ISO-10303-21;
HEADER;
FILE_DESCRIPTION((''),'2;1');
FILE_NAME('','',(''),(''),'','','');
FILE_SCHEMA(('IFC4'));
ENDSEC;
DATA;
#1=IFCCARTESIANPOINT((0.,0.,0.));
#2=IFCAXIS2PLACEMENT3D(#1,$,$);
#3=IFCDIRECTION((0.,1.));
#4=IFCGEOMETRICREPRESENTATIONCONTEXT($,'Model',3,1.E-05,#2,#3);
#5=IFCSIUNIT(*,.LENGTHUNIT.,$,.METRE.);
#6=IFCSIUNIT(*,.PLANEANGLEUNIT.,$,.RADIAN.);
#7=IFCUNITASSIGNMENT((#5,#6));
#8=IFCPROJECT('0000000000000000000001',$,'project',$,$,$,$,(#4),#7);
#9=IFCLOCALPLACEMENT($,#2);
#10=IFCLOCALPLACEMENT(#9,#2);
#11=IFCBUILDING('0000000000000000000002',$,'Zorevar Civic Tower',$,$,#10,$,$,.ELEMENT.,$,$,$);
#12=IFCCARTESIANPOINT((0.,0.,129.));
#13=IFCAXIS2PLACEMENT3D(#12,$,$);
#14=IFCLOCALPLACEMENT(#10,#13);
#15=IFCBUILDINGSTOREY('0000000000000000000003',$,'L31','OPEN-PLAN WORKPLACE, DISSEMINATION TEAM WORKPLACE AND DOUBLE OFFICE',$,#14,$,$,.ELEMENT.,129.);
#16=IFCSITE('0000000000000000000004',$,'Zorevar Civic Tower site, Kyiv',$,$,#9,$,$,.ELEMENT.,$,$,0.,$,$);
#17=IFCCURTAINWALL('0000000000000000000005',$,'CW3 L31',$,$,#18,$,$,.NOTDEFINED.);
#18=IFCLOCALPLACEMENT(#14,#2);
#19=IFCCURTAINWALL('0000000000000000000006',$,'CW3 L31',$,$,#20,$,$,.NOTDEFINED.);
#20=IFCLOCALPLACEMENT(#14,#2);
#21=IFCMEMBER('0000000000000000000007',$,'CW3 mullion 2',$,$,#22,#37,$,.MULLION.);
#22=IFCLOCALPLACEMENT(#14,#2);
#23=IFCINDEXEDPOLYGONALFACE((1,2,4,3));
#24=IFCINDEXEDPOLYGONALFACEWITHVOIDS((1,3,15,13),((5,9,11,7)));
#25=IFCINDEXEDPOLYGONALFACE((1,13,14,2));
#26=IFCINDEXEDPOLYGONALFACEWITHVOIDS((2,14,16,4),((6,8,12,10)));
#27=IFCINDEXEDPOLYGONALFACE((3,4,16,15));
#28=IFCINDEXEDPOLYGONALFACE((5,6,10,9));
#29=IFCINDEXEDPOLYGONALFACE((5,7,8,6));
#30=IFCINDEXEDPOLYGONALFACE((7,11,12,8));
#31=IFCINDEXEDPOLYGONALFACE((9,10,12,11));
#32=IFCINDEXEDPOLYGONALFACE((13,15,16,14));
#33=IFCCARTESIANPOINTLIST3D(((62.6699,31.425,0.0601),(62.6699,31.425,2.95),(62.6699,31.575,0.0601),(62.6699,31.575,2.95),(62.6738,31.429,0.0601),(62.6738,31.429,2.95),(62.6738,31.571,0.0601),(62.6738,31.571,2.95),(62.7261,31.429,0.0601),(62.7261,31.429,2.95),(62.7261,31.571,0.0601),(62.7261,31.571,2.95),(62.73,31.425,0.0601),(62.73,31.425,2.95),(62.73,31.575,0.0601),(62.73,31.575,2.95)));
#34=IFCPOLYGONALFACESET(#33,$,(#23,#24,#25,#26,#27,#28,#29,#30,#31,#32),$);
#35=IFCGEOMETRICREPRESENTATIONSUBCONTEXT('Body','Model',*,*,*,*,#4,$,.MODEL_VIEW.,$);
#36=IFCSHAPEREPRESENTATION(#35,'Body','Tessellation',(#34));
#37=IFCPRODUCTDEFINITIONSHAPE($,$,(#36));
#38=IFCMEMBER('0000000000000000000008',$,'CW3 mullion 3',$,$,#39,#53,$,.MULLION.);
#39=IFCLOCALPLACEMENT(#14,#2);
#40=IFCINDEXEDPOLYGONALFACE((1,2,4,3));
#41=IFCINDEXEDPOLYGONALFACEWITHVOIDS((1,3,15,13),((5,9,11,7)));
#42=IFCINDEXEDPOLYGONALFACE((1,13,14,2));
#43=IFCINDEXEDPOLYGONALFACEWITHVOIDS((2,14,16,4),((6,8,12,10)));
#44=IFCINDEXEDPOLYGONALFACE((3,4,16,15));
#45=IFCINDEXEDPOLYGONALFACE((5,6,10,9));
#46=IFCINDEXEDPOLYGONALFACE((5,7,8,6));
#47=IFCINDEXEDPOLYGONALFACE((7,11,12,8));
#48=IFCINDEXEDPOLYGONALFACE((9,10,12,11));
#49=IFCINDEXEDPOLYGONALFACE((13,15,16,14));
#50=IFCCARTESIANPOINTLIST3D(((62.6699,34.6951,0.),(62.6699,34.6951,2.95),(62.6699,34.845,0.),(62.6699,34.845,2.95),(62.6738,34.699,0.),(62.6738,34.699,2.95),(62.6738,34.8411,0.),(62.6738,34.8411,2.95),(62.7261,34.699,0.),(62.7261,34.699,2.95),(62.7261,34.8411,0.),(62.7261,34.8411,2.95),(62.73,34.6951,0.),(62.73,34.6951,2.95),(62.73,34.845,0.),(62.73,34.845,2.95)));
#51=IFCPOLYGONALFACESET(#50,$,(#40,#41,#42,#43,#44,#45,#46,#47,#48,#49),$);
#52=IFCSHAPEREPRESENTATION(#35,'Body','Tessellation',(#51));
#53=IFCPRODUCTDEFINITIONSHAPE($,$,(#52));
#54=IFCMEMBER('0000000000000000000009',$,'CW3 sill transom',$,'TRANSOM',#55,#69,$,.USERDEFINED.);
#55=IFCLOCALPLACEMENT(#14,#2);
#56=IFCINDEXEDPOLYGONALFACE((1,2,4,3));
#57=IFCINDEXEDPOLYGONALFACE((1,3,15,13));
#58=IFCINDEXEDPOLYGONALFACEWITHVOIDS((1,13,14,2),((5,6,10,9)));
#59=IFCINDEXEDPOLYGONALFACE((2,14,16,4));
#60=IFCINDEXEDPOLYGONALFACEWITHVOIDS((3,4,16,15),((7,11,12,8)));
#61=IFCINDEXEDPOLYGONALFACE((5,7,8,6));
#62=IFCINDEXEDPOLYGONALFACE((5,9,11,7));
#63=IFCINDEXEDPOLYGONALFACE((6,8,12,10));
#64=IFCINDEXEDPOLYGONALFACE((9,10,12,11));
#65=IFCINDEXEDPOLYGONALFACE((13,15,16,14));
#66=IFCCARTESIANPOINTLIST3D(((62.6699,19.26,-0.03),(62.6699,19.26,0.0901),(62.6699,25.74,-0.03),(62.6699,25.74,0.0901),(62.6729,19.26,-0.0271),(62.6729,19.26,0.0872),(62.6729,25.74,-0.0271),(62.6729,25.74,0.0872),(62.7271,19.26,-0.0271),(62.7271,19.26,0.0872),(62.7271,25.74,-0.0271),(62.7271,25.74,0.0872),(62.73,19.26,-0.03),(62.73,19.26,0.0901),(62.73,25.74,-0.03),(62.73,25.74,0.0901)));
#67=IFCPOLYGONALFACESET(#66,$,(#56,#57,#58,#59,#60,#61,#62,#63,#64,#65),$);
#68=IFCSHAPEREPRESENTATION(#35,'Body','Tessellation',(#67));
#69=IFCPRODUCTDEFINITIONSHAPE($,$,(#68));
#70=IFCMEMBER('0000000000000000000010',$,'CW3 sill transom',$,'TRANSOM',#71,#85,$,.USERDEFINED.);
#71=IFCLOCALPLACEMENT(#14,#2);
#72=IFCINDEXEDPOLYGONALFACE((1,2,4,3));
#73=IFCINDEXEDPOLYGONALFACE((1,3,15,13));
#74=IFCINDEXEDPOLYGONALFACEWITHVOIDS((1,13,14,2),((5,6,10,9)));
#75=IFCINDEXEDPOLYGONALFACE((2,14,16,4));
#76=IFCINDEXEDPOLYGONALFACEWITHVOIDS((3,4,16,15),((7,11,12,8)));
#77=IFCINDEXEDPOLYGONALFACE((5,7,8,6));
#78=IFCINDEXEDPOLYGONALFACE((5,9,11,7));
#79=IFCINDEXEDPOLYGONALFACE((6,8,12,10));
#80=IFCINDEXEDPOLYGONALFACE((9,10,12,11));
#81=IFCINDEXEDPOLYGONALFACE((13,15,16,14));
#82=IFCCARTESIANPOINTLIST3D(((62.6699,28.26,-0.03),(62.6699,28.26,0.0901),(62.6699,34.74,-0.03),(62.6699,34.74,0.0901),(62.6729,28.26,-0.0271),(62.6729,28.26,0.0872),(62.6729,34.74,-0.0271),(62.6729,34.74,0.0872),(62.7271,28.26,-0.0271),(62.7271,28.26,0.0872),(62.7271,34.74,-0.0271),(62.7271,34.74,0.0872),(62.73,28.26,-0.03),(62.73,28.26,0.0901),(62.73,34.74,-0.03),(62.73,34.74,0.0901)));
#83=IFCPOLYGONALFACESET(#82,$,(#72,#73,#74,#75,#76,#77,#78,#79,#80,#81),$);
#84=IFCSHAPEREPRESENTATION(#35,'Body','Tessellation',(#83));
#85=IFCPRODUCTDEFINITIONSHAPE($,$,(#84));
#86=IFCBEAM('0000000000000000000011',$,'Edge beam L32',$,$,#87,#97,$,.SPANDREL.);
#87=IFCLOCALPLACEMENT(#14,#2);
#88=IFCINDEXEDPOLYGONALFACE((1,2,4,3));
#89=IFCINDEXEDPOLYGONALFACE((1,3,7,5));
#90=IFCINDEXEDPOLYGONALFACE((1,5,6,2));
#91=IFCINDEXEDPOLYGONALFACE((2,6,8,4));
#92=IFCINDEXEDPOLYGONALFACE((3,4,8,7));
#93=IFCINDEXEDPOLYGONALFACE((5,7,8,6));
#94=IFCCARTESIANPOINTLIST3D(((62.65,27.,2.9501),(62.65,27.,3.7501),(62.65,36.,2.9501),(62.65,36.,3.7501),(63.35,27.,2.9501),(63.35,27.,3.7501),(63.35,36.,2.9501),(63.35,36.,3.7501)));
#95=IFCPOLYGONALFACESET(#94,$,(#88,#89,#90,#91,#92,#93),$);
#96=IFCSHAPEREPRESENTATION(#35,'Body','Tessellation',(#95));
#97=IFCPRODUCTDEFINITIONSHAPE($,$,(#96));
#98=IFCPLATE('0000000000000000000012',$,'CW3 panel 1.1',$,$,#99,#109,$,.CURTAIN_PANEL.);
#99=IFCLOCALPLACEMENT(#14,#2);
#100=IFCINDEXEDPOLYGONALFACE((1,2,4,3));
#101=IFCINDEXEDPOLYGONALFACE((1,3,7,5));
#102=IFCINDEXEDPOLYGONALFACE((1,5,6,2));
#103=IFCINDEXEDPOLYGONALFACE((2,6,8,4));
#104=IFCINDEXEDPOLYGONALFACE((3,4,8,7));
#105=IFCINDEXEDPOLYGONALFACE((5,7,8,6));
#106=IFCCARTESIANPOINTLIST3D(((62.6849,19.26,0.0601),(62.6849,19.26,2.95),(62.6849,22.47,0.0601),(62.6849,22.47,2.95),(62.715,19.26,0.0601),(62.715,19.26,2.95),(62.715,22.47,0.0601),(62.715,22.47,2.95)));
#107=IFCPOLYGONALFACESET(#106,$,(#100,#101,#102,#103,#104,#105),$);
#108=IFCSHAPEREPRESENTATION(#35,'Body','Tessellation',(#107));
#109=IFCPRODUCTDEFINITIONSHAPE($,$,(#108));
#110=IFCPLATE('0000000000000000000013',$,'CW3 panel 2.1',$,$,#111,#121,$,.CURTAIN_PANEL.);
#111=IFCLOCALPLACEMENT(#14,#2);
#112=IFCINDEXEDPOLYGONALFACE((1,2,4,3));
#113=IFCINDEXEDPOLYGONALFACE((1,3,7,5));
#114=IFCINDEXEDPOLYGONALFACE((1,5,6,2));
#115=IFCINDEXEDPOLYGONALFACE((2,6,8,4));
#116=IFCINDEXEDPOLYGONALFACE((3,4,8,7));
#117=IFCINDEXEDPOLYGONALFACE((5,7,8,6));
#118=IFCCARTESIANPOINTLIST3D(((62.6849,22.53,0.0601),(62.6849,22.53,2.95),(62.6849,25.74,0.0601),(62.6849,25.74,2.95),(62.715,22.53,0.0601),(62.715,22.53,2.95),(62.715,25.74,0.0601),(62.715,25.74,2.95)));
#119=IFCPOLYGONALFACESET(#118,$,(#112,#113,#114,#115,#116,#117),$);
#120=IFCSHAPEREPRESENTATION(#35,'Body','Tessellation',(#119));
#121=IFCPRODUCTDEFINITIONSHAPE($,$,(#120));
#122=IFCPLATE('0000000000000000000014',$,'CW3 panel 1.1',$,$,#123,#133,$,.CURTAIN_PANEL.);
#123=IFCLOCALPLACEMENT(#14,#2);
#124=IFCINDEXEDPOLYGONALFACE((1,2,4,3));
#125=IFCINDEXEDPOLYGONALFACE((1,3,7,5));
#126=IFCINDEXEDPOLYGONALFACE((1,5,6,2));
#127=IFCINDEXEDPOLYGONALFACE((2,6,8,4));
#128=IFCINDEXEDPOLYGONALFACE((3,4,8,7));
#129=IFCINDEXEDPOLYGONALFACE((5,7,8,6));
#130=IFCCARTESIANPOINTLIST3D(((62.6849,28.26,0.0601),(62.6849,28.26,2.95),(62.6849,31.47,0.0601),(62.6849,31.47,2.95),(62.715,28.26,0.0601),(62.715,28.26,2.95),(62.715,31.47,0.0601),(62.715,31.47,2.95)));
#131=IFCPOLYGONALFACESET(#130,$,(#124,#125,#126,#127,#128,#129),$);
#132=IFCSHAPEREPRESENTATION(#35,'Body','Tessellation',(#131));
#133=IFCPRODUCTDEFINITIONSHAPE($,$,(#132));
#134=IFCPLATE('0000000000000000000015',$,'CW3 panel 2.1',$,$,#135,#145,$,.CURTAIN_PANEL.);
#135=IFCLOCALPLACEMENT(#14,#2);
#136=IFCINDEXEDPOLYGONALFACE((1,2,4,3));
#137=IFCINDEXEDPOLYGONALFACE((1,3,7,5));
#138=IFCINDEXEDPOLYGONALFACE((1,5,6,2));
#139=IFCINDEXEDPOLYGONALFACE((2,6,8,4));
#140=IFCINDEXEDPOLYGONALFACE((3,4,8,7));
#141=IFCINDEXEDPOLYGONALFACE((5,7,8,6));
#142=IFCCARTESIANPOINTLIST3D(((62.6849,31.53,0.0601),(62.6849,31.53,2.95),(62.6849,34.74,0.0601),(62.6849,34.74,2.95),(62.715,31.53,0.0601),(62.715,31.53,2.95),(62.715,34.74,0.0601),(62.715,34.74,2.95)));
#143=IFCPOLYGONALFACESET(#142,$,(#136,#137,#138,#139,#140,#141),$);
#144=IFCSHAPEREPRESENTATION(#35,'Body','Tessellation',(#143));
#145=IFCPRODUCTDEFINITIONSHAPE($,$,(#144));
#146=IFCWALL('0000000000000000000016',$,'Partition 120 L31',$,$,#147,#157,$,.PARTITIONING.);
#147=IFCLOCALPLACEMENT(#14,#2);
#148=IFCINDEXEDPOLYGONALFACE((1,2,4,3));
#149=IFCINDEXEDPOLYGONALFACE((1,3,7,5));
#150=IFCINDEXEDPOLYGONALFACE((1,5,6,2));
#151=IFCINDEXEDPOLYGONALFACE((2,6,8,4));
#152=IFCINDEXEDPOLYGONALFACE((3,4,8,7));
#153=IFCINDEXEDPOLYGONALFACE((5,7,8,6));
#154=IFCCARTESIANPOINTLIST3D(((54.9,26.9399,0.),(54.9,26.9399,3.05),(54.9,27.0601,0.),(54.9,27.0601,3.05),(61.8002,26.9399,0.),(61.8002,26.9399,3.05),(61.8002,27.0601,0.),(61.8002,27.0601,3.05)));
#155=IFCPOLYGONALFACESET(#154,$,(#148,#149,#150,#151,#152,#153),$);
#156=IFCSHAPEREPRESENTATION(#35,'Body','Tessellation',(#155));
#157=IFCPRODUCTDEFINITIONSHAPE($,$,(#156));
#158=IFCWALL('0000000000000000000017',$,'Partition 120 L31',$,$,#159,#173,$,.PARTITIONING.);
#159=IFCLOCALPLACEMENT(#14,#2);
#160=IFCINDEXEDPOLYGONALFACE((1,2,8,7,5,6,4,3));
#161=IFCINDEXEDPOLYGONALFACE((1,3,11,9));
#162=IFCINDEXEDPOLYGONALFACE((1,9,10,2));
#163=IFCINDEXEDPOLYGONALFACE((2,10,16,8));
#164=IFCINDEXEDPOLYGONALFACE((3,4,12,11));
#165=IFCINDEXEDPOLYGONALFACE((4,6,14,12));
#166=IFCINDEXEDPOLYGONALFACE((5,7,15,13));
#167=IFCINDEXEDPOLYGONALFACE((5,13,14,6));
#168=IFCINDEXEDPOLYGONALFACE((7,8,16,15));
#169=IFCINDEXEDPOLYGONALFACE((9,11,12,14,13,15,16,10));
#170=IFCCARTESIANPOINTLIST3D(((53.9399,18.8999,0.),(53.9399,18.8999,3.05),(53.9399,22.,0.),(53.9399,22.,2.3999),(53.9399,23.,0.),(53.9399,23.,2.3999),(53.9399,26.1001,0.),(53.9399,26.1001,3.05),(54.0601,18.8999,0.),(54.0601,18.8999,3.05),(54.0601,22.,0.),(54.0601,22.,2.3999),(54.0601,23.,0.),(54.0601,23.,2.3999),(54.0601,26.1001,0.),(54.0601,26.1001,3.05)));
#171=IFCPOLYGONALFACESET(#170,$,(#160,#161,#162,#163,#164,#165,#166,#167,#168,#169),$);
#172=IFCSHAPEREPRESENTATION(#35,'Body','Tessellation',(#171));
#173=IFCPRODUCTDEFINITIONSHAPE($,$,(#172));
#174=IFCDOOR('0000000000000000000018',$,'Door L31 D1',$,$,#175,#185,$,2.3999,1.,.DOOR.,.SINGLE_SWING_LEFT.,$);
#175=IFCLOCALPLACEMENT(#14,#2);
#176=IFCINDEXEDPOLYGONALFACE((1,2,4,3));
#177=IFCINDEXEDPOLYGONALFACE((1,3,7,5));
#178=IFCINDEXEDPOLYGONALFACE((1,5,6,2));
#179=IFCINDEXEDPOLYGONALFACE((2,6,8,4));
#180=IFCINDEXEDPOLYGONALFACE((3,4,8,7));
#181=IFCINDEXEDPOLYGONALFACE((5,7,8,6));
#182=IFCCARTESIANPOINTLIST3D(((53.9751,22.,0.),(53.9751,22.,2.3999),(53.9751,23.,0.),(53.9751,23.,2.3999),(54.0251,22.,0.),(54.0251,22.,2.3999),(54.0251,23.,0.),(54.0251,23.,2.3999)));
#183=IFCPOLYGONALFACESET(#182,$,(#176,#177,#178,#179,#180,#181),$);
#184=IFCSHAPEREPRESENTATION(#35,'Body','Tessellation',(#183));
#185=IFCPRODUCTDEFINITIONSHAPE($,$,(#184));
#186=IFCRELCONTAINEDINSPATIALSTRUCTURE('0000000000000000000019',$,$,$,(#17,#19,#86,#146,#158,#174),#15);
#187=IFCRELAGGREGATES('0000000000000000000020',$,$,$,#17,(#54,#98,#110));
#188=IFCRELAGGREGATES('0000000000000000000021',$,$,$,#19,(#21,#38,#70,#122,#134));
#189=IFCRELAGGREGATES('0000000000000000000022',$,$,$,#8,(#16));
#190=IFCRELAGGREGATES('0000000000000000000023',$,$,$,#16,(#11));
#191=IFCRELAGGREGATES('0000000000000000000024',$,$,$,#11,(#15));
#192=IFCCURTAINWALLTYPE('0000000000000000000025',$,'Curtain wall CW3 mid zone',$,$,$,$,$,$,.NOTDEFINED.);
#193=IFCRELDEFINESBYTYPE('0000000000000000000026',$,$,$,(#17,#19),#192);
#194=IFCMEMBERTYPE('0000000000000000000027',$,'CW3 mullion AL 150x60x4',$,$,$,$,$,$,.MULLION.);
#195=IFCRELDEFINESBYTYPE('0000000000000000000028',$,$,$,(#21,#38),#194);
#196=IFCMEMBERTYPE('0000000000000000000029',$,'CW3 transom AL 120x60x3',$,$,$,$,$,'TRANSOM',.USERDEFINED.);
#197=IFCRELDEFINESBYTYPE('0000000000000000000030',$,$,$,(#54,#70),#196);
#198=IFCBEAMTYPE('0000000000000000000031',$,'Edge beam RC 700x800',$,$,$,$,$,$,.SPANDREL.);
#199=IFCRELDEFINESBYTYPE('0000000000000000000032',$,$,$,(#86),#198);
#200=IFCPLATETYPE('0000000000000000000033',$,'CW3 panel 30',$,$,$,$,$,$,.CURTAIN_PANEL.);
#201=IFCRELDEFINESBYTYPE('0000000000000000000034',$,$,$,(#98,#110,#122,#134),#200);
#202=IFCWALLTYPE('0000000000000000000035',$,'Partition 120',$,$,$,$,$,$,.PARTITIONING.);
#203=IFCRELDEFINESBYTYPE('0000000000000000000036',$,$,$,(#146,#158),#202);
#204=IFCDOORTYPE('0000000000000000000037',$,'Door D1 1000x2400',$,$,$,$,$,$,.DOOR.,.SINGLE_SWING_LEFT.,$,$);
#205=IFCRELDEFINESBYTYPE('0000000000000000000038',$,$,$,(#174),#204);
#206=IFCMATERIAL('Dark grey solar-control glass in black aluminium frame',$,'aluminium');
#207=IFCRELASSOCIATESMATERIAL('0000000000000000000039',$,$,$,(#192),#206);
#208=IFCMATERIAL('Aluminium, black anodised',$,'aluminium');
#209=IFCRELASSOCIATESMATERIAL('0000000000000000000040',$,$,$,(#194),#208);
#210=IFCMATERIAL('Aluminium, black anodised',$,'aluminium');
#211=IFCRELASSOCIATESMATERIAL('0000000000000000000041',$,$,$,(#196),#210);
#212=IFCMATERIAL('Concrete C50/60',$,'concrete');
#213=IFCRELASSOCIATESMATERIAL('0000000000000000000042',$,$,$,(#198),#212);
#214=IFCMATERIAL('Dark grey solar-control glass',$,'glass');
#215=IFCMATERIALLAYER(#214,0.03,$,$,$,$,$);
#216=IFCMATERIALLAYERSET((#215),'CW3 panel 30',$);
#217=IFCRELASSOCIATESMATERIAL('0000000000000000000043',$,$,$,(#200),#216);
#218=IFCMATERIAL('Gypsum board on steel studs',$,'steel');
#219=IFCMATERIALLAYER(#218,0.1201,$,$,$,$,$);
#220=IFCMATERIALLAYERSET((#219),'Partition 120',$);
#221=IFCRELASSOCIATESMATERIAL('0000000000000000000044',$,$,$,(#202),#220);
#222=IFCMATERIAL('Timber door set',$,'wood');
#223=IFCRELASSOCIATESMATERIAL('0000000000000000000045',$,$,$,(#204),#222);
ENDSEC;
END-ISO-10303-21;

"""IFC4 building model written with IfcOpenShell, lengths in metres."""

from ifc_helpers import new_model, si_unit, direction, frame, frame_2d, origin, origin_2d, place, context, subcontext, project, spatial, rectangle, hollow_rectangle, extrude, material, layer, layer_set, material_profile, profile_set, type_object, element, fill, aggregate, save


model = new_model("IFC4")

# Units and contexts
model_context = context("Model", 3, precision=1e-05, world=origin(), true_north=direction((0.0, 1.0)))
body_context = subcontext(model_context, "Body", "Model", "MODEL_VIEW")
ifc_project = project(units=[si_unit("LENGTHUNIT", "METRE"), si_unit("PLANEANGLEUNIT", "RADIAN")], contexts=[model_context])

# Site, building, storey
site_placement = place(None, origin())
site = spatial("IfcSite", under=ifc_project, at=site_placement, Name="Zorevar Civic Tower site, Kyiv", CompositionType="ELEMENT", RefElevation=0.0)
building_placement = place(site_placement, origin())
building = spatial("IfcBuilding", under=site, at=building_placement, Name="Zorevar Civic Tower", CompositionType="ELEMENT")
storey_placement = place(building_placement, frame((0.0, 0.0, 129.0)))
storey = spatial("IfcBuildingStorey", under=building, at=storey_placement, Name="L31", Description="OPEN-PLAN WORKPLACE, DISSEMINATION TEAM WORKPLACE AND DOUBLE OFFICE", CompositionType="ELEMENT", Elevation=129.0)

# Curtain walls, members
ifc_material_1 = material(Name="Dark grey solar-control glass in black aluminium frame", Category="aluminium")
curtain_wall_type = type_object("IfcCurtainWallType", Name="Curtain wall CW3 mid zone", PredefinedType="NOTDEFINED", material=ifc_material_1)
curtain_wall_1_placement = place(storey_placement, origin())
curtain_wall_1 = element("IfcCurtainWall", 1, at=curtain_wall_1_placement, inside=storey, type_object=curtain_wall_type, Name="CW3 L31", PredefinedType="NOTDEFINED")
ifc_material_2 = material(Name="Aluminium, black anodised", Category="aluminium")
ifc_material_profile_1 = material_profile(ifc_material_2, hollow_rectangle(XDim=0.0601, YDim=0.1499, WallThickness=0.0039, at=origin_2d()), Name="AL 150x60x4")
ifc_profile_set_1 = profile_set([ifc_material_profile_1], Name="Aluminium, black anodised")
member_type_1 = type_object("IfcMemberType", Name="CW3 mullion AL 150x60x4", PredefinedType="MULLION", material=ifc_profile_set_1)
curtain_wall_2_placement = place(storey_placement, origin())
curtain_wall_2 = element("IfcCurtainWall", 2, at=curtain_wall_2_placement, inside=storey, type_object=curtain_wall_type, Name="CW3 L31", PredefinedType="NOTDEFINED")
member_1_placement = place(storey_placement, frame((62.7, 31.5, 0.0601), z_axis=(0.0, 0.0, 1.0), x_axis=(-1.0, 0.0, 0.0)))
member_1 = element("IfcMember", 3, at=member_1_placement, type_object=member_type_1, Name="CW3 mullion 2", PredefinedType="MULLION", context=body_context, shape_type="SweptSolid", body=[
    extrude(hollow_rectangle(XDim=0.0601, YDim=0.1499, WallThickness=0.0039, at=origin_2d()), origin(), (0.0, 0.0, 1.0), 2.8899),
])
member_2_placement = place(storey_placement, frame((62.7, 34.77, 0.0), z_axis=(0.0, 0.0, 1.0), x_axis=(-1.0, 0.0, 0.0)))
member_2 = element("IfcMember", 4, at=member_2_placement, type_object=member_type_1, Name="CW3 mullion 3", PredefinedType="MULLION", context=body_context, shape_type="SweptSolid", body=[
    extrude(hollow_rectangle(XDim=0.0601, YDim=0.1499, WallThickness=0.0039, at=origin_2d()), origin(), (0.0, 0.0, 1.0), 2.95),
])

# Members
ifc_material_3 = material(Name="Aluminium, black anodised", Category="aluminium")
ifc_material_profile_2 = material_profile(ifc_material_3, hollow_rectangle(XDim=0.0601, YDim=0.1201, WallThickness=0.0029, at=origin_2d()), Name="AL 120x60x3")
ifc_profile_set_2 = profile_set([ifc_material_profile_2], Name="Aluminium, black anodised")
member_type_2 = type_object("IfcMemberType", Name="CW3 transom AL 120x60x3", ElementType="TRANSOM", PredefinedType="USERDEFINED", material=ifc_profile_set_2)
member_3_placement = place(storey_placement, frame((62.7, 19.26, 0.03), z_axis=(0.0, 1.0, 0.0), x_axis=(-1.0, 0.0, 0.0)))
member_3 = element("IfcMember", 5, at=member_3_placement, type_object=member_type_2, Name="CW3 sill transom", ObjectType="TRANSOM", PredefinedType="USERDEFINED", context=body_context, shape_type="SweptSolid", body=[
    extrude(hollow_rectangle(XDim=0.0601, YDim=0.1201, WallThickness=0.0029, at=origin_2d()), origin(), (0.0, 0.0, 1.0), 6.48),
])
member_4_placement = place(storey_placement, frame((62.7, 28.26, 0.03), z_axis=(0.0, 1.0, 0.0), x_axis=(-1.0, 0.0, 0.0)))
member_4 = element("IfcMember", 6, at=member_4_placement, type_object=member_type_2, Name="CW3 sill transom", ObjectType="TRANSOM", PredefinedType="USERDEFINED", context=body_context, shape_type="SweptSolid", body=[
    extrude(hollow_rectangle(XDim=0.0601, YDim=0.1201, WallThickness=0.0029, at=origin_2d()), origin(), (0.0, 0.0, 1.0), 6.48),
])

# Beam
ifc_material_4 = material(Name="Concrete C50/60", Category="concrete")
ifc_material_profile_3 = material_profile(ifc_material_4, rectangle(XDim=0.7, YDim=0.8, at=origin_2d()), Name="RC 700x800")
ifc_profile_set_3 = profile_set([ifc_material_profile_3], Name="Concrete C50/60")
beam_type_1 = type_object("IfcBeamType", Name="Edge beam RC 700x800", PredefinedType="SPANDREL", material=ifc_profile_set_3)
beam_1_placement = place(storey_placement, frame((63.0, 27.0, 3.3501), z_axis=(0.0, 1.0, 0.0), x_axis=(-1.0, 0.0, 0.0)))
element("IfcBeam", 7, at=beam_1_placement, inside=storey, type_object=beam_type_1, Name="Edge beam L32", PredefinedType="SPANDREL", context=body_context, shape_type="SweptSolid", body=[
    extrude(rectangle(XDim=0.7, YDim=0.8, at=origin_2d()), origin(), (0.0, 0.0, 1.0), 9.0),
])

# Plates
ifc_material_5 = material(Name="Dark grey solar-control glass", Category="glass")
ifc_layer_1 = layer(ifc_material_5, 0.03)
ifc_layer_set_1 = layer_set([ifc_layer_1], Name="CW3 panel 30")
plate_type = type_object("IfcPlateType", Name="CW3 panel 30", PredefinedType="CURTAIN_PANEL", material=ifc_layer_set_1)
plate_1_placement = place(storey_placement, frame((62.7, 20.865, 0.0601), z_axis=(0.0, 0.0, 1.0), x_axis=(0.0, 1.0, 0.0)))
plate_1 = element("IfcPlate", 8, at=plate_1_placement, type_object=plate_type, Name="CW3 panel 1.1", PredefinedType="CURTAIN_PANEL", context=body_context, shape_type="SweptSolid", body=[
    extrude(rectangle(XDim=3.21, YDim=0.03, at=origin_2d()), origin(), (0.0, 0.0, 1.0), 2.8899),
])
plate_2_placement = place(storey_placement, frame((62.7, 24.135, 0.0601), z_axis=(0.0, 0.0, 1.0), x_axis=(0.0, 1.0, 0.0)))
plate_2 = element("IfcPlate", 9, at=plate_2_placement, type_object=plate_type, Name="CW3 panel 2.1", PredefinedType="CURTAIN_PANEL", context=body_context, shape_type="SweptSolid", body=[
    extrude(rectangle(XDim=3.21, YDim=0.03, at=origin_2d()), origin(), (0.0, 0.0, 1.0), 2.8899),
])
aggregate(curtain_wall_1, [member_3, plate_1, plate_2])
plate_3_placement = place(storey_placement, frame((62.7, 29.865, 0.0601), z_axis=(0.0, 0.0, 1.0), x_axis=(0.0, 1.0, 0.0)))
plate_3 = element("IfcPlate", 10, at=plate_3_placement, type_object=plate_type, Name="CW3 panel 1.1", PredefinedType="CURTAIN_PANEL", context=body_context, shape_type="SweptSolid", body=[
    extrude(rectangle(XDim=3.21, YDim=0.03, at=origin_2d()), origin(), (0.0, 0.0, 1.0), 2.8899),
])
plate_4_placement = place(storey_placement, frame((62.7, 33.135, 0.0601), z_axis=(0.0, 0.0, 1.0), x_axis=(0.0, 1.0, 0.0)))
plate_4 = element("IfcPlate", 11, at=plate_4_placement, type_object=plate_type, Name="CW3 panel 2.1", PredefinedType="CURTAIN_PANEL", context=body_context, shape_type="SweptSolid", body=[
    extrude(rectangle(XDim=3.21, YDim=0.03, at=origin_2d()), origin(), (0.0, 0.0, 1.0), 2.8899),
])
aggregate(curtain_wall_2, [member_1, member_2, member_4, plate_3, plate_4])

# Wall
ifc_material_6 = material(Name="Gypsum board on steel studs", Category="steel")
ifc_layer_2 = layer(ifc_material_6, 0.1201)
ifc_layer_set_2 = layer_set([ifc_layer_2], Name="Partition 120")
wall_type = type_object("IfcWallType", Name="Partition 120", PredefinedType="PARTITIONING", material=ifc_layer_set_2)
wall_1_placement = place(storey_placement, frame((54.8999, 27.0, 0.0), z_axis=(0.0, 0.0, 1.0), x_axis=(1.0, 0.0, 0.0)))
element("IfcWall", 12, at=wall_1_placement, inside=storey, type_object=wall_type, Name="Partition 120 L31", PredefinedType="PARTITIONING", context=body_context, shape_type="SweptSolid", body=[
    extrude(rectangle(XDim=6.9001, YDim=0.1201, at=frame_2d((3.4502, 0.0))), origin(), (0.0, 0.0, 1.0), 3.05),
])

# Wall, opening, door
wall_2_placement = place(storey_placement, frame((54.0, 18.8999, 0.0), z_axis=(0.0, 0.0, 1.0), x_axis=(0.0, 1.0, 0.0)))
wall_2 = element("IfcWall", 13, at=wall_2_placement, inside=storey, type_object=wall_type, Name="Partition 120 L31", PredefinedType="PARTITIONING", context=body_context, shape_type="SweptSolid", body=[
    extrude(rectangle(XDim=7.2002, YDim=0.1201, at=frame_2d((3.6001, 0.0))), origin(), (0.0, 0.0, 1.0), 3.05),
])
opening_1_placement = place(wall_2_placement, frame((3.1001, 0.0, 0.0)))
opening_1 = element("IfcOpeningElement", 14, at=opening_1_placement, cuts=wall_2, PredefinedType="OPENING", context=body_context, shape_type="SweptSolid", body=[
    extrude(rectangle(XDim=1.0, YDim=2.3999, at=frame_2d((0.5, 1.2))), frame((0.0, 0.0701, 0.0), z_axis=(0.0, -1.0, 0.0), x_axis=(1.0, 0.0, 0.0)), (0.0, 0.0, 1.0), 0.1401),
])
ifc_material_7 = material(Name="Timber door set", Category="wood")
door_type = type_object("IfcDoorType", Name="Door D1 1000x2400", OperationType="SINGLE_SWING_LEFT", PredefinedType="DOOR", material=ifc_material_7)
door_1_placement = place(opening_1_placement, origin())
door_1 = element("IfcDoor", 15, at=door_1_placement, inside=storey, type_object=door_type, Name="Door L31 D1", OperationType="SINGLE_SWING_LEFT", OverallHeight=2.3999, OverallWidth=1.0, PredefinedType="DOOR", context=body_context, shape_type="SweptSolid", body=[
    extrude(rectangle(XDim=1.0, YDim=2.3999, at=frame_2d((0.5, 1.2))), frame((0.0, 0.0249, 0.0), z_axis=(0.0, -1.0, 0.0), x_axis=(1.0, 0.0, 0.0)), (0.0, 0.0, 1.0), 0.05),
])
fill(opening_1, door_1)

save(model, "model.ifc")
